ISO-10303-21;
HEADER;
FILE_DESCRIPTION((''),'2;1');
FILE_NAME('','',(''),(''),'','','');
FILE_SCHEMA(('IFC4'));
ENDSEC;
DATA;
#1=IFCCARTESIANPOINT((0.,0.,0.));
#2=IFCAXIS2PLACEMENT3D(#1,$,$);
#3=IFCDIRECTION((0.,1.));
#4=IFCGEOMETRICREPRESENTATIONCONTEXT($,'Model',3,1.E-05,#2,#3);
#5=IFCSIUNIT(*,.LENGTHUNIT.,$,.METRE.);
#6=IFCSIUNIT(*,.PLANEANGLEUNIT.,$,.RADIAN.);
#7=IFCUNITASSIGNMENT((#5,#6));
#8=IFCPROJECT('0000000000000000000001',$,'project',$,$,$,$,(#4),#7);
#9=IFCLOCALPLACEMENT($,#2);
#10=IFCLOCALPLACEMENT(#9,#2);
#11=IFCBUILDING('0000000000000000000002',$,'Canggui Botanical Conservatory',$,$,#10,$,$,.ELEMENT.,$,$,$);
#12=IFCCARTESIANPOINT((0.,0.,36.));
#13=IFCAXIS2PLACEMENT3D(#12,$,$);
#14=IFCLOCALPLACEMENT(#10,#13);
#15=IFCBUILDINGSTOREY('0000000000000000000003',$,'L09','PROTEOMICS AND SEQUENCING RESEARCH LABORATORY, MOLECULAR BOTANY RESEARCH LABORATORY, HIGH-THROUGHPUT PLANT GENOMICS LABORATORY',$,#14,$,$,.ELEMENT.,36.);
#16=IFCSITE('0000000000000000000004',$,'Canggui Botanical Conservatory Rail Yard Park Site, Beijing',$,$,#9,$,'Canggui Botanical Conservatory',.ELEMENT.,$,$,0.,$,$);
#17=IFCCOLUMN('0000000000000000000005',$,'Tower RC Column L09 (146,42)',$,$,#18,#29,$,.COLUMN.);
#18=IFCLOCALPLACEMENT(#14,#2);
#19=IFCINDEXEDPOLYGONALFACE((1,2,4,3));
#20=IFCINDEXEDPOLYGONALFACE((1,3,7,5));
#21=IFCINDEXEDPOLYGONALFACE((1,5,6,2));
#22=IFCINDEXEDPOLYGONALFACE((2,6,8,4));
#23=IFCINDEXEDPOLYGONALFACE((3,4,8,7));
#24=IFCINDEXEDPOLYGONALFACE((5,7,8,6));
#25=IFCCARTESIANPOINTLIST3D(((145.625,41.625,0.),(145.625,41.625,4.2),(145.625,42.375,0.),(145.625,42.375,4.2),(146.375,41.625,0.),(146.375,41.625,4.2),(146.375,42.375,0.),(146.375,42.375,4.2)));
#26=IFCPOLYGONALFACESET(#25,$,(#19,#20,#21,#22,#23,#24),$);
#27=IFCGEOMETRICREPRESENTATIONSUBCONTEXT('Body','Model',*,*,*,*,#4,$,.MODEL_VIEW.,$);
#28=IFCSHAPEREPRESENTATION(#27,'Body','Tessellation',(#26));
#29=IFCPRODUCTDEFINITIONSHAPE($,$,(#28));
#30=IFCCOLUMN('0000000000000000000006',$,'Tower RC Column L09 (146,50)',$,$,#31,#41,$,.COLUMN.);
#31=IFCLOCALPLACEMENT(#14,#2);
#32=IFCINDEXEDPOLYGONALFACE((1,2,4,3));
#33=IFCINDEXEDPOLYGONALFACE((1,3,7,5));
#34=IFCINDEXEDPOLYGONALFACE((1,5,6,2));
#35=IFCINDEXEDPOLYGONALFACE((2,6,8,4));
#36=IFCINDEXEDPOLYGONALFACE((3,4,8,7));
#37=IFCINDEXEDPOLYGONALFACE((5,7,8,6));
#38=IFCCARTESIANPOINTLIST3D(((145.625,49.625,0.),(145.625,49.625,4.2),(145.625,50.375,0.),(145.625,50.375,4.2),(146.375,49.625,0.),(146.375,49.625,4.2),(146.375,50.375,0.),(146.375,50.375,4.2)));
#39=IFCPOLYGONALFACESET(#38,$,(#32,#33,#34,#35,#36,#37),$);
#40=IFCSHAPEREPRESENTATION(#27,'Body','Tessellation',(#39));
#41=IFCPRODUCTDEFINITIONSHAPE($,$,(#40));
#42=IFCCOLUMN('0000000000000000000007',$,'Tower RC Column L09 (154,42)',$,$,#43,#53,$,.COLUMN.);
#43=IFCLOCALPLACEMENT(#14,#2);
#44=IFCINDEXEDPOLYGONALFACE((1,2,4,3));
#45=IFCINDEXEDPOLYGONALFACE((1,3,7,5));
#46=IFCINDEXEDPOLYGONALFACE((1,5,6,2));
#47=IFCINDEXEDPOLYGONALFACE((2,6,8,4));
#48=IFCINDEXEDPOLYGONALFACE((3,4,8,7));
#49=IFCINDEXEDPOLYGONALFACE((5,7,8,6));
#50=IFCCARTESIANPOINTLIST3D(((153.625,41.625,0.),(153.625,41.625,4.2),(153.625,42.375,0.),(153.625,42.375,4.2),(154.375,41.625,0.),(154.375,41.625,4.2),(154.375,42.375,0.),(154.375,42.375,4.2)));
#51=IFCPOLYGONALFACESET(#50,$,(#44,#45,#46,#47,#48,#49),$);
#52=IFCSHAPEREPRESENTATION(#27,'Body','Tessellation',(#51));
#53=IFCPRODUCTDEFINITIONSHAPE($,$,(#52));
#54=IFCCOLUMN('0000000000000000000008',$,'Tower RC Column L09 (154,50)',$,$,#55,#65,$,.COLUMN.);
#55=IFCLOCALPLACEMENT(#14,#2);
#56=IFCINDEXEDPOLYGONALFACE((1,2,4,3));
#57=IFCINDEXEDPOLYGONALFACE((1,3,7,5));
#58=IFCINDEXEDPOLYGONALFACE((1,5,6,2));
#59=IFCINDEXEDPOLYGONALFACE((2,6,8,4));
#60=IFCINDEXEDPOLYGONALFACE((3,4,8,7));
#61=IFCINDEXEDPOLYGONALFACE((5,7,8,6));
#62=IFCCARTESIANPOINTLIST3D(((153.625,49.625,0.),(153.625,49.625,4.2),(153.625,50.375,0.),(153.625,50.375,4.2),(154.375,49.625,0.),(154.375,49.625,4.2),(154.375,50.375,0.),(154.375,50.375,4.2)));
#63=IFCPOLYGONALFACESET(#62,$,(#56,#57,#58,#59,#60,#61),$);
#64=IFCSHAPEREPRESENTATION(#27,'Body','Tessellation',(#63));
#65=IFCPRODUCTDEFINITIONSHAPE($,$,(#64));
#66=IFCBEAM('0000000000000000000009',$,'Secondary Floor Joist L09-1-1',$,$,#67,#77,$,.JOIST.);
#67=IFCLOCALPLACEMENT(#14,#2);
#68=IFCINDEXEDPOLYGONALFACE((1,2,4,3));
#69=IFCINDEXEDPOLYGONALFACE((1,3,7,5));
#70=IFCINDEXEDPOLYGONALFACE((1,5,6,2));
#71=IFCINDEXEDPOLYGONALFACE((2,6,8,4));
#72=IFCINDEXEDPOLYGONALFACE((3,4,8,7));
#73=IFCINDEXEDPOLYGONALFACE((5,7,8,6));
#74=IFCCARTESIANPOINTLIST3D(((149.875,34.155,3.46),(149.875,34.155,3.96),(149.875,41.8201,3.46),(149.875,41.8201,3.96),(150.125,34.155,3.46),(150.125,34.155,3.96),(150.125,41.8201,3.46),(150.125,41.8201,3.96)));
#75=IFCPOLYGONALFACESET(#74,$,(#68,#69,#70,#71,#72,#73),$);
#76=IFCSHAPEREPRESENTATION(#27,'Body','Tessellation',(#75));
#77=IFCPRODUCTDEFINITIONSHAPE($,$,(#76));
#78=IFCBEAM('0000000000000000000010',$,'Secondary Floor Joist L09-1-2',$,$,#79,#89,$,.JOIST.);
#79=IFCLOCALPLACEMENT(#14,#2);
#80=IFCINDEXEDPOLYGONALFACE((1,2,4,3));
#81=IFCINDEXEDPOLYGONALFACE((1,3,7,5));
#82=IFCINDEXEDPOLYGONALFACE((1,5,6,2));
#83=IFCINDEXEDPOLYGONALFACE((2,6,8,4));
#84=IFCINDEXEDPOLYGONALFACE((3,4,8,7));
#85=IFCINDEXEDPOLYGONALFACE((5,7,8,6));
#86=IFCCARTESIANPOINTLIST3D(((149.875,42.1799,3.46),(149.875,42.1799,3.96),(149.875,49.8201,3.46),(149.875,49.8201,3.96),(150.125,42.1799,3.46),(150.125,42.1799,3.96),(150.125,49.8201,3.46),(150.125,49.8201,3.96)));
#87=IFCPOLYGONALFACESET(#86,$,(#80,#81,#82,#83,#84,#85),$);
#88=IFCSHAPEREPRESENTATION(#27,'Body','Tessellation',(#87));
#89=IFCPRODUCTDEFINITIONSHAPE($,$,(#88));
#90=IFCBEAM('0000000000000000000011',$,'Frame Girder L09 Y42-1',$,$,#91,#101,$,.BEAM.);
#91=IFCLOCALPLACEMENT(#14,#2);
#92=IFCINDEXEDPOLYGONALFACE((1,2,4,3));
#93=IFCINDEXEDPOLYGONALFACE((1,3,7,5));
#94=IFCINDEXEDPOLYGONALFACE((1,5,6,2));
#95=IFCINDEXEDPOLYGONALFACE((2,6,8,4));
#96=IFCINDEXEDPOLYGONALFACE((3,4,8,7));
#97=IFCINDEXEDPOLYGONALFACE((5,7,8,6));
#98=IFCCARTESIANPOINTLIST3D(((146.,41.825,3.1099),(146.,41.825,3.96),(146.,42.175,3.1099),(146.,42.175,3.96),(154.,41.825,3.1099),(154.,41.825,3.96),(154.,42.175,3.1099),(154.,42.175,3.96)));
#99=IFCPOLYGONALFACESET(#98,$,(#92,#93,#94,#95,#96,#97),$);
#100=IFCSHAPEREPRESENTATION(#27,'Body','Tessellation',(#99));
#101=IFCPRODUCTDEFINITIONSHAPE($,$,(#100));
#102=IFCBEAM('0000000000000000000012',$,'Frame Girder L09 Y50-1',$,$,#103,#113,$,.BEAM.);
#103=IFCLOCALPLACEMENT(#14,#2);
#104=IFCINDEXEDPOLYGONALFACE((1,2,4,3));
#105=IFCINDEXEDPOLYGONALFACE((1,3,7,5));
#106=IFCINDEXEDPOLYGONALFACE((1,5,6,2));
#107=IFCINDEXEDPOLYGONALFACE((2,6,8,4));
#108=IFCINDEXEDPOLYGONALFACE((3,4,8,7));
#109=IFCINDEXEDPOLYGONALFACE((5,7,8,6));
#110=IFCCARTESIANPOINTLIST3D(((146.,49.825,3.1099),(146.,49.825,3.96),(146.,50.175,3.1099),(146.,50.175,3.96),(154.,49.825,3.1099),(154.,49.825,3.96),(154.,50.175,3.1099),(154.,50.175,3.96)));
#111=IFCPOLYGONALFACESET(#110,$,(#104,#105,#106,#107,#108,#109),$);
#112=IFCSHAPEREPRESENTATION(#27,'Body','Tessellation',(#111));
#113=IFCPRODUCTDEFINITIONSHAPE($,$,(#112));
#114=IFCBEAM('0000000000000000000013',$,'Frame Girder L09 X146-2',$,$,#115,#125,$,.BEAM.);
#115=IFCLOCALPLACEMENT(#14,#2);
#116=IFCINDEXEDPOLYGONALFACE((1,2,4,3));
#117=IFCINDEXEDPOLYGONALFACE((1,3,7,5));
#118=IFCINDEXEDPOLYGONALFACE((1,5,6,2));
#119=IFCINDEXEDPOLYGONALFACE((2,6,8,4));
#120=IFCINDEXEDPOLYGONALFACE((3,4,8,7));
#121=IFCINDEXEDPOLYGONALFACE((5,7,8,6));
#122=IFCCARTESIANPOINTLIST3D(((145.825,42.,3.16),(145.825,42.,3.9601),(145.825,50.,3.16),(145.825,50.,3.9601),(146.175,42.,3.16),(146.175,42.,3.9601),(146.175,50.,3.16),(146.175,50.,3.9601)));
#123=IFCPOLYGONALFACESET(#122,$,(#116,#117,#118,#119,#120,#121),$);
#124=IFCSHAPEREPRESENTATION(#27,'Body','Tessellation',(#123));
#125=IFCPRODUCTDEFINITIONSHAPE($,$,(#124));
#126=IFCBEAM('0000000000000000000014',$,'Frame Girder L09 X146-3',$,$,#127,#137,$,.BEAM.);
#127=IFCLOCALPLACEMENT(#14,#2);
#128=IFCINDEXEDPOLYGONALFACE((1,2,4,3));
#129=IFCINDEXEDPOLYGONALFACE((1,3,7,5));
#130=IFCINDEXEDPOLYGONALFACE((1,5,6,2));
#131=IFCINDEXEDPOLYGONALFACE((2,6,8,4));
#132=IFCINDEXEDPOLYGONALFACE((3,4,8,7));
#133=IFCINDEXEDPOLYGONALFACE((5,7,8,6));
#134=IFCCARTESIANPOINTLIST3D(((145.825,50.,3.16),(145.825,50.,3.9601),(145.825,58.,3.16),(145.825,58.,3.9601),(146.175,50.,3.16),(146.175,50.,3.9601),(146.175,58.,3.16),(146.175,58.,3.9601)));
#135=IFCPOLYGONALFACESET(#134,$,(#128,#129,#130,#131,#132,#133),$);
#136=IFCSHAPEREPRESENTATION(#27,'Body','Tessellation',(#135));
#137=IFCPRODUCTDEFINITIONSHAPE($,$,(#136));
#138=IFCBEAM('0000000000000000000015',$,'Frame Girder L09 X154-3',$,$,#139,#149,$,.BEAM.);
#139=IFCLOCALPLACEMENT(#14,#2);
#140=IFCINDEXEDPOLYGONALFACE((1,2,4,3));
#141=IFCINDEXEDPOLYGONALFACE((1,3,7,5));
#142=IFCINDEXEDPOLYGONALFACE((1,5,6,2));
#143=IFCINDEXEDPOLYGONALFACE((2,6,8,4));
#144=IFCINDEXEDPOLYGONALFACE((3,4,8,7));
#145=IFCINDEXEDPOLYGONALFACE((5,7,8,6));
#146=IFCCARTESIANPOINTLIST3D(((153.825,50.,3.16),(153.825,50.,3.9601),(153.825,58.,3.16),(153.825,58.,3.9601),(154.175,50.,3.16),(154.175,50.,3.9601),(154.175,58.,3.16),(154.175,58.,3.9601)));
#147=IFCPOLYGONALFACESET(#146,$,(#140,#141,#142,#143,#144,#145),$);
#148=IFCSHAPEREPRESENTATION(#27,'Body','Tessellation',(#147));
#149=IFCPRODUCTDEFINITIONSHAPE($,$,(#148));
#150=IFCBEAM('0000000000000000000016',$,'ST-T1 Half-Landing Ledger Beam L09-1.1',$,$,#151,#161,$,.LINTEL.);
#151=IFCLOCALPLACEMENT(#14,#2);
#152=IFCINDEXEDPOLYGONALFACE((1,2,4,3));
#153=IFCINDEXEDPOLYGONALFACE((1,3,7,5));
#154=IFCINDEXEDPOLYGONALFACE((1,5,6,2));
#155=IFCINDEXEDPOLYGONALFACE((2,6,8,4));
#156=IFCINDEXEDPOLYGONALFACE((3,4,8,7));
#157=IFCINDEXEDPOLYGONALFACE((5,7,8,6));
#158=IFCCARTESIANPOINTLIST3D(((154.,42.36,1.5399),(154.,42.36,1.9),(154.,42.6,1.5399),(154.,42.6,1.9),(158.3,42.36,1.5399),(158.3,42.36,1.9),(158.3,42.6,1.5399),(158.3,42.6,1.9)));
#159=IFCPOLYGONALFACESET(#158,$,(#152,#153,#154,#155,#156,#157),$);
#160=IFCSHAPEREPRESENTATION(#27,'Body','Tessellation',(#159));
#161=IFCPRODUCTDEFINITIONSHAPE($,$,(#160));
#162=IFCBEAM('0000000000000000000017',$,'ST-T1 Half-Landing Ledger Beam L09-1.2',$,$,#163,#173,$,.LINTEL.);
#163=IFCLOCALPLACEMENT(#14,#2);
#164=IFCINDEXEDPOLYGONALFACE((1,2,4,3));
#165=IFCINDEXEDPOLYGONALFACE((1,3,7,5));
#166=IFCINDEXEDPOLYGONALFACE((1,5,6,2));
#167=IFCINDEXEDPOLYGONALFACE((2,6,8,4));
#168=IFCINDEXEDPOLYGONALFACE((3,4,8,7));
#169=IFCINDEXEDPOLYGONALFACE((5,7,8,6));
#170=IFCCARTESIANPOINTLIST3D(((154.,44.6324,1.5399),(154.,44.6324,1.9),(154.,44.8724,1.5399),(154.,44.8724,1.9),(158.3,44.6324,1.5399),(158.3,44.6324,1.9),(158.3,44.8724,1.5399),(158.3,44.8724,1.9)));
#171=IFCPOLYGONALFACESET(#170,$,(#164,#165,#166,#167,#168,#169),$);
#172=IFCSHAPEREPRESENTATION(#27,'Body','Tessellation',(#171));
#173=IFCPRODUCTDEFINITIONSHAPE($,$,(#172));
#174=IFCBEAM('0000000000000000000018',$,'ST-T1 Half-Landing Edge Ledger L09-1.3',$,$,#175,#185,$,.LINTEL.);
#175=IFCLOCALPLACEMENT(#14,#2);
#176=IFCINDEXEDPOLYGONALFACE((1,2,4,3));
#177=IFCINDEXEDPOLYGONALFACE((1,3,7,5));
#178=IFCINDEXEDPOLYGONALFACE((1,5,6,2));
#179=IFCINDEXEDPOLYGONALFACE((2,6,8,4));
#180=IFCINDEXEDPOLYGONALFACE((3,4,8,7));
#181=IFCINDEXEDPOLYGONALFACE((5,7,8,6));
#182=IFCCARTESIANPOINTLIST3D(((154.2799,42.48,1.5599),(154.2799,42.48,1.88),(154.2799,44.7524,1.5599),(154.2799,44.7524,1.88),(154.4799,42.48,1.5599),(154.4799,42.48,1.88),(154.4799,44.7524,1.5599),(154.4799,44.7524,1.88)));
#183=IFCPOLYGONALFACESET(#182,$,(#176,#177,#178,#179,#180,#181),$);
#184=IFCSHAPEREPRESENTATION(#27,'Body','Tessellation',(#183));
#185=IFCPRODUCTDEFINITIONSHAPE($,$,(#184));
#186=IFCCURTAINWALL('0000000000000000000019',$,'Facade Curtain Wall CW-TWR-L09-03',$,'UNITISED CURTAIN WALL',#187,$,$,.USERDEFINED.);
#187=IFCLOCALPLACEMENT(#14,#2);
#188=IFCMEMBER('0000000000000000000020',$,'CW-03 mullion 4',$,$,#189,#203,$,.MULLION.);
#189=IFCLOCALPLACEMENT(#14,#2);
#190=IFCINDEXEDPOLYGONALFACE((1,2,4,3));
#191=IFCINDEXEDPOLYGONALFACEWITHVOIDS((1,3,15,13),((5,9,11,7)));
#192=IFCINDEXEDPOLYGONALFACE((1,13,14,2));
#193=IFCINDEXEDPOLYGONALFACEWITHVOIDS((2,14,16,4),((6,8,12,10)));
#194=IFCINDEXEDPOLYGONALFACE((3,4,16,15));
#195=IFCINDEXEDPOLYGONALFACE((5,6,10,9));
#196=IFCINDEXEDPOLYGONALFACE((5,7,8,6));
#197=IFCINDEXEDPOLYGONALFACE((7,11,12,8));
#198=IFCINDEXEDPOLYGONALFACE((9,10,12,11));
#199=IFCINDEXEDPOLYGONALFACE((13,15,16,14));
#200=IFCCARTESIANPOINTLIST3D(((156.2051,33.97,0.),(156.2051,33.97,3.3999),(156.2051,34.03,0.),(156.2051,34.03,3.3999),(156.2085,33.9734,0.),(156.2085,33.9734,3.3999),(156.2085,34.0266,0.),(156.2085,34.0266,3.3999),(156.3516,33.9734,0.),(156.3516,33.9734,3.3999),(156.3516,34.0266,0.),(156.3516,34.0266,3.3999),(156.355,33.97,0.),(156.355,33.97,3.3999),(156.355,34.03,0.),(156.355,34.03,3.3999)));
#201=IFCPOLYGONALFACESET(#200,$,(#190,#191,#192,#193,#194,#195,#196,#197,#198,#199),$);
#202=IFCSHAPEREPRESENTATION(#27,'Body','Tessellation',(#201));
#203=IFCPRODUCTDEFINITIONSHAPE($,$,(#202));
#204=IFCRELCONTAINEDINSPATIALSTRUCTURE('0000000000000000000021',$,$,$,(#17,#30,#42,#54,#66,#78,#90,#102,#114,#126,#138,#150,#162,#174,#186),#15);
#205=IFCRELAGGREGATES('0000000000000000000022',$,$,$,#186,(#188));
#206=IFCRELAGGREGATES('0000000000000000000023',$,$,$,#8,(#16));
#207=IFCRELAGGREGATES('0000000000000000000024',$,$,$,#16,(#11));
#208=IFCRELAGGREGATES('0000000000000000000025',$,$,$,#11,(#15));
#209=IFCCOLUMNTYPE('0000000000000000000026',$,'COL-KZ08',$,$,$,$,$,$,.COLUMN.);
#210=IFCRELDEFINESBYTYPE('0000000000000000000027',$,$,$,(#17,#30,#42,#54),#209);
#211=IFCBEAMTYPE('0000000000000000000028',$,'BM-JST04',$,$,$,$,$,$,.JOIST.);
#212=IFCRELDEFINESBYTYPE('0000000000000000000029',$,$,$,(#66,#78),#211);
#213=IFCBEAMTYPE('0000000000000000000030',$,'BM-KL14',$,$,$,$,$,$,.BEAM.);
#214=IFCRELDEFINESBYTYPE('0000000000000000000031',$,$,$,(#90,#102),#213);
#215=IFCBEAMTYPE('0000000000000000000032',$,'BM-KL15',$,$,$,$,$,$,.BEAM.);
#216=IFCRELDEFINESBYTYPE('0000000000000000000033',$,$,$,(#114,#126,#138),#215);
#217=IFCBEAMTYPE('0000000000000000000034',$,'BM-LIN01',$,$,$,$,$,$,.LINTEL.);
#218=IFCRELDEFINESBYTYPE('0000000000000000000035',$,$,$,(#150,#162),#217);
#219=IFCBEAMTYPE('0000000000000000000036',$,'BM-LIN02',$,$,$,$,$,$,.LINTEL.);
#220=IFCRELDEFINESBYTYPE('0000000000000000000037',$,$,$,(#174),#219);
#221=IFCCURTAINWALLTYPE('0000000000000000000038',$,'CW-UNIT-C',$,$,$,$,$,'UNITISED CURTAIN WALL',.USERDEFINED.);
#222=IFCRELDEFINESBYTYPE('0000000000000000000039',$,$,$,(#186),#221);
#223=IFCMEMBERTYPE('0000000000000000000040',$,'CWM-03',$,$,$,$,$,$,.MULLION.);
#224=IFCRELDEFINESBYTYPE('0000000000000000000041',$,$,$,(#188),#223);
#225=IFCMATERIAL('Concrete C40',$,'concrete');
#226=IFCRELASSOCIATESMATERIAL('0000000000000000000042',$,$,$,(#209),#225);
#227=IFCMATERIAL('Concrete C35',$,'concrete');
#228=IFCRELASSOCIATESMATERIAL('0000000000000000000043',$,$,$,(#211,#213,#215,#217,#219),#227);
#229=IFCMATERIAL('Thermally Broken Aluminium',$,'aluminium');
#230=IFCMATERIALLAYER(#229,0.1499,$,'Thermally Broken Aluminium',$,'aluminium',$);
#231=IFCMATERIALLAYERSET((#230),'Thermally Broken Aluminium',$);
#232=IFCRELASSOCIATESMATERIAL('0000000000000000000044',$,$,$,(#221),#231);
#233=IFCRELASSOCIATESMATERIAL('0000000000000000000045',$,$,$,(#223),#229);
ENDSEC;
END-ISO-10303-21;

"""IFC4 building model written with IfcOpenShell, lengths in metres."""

from ifc_helpers import new_model, si_unit, direction, frame, origin, origin_2d, place, context, subcontext, project, spatial, rectangle, hollow_rectangle, extrude, material, layer, layer_set, material_profile, profile_set, type_object, element, aggregate, save


model = new_model("IFC4")

# Units and contexts
model_context = context("Model", 3, precision=1e-05, world=origin(), true_north=direction((0.0, 1.0)))
body_context = subcontext(model_context, "Body", "Model", "MODEL_VIEW")
ifc_project = project(units=[si_unit("LENGTHUNIT", "METRE"), si_unit("PLANEANGLEUNIT", "RADIAN")], contexts=[model_context])

# Site, building, storey
site_placement = place(None, origin())
site = spatial("IfcSite", under=ifc_project, at=site_placement, Name="Canggui Botanical Conservatory Rail Yard Park Site, Beijing", LongName="Canggui Botanical Conservatory", CompositionType="ELEMENT", RefElevation=0.0)
building_placement = place(site_placement, origin())
building = spatial("IfcBuilding", under=site, at=building_placement, Name="Canggui Botanical Conservatory", CompositionType="ELEMENT")
storey_placement = place(building_placement, frame((0.0, 0.0, 36.0)))
storey = spatial("IfcBuildingStorey", under=building, at=storey_placement, Name="L09", Description="PROTEOMICS AND SEQUENCING RESEARCH LABORATORY, MOLECULAR BOTANY RESEARCH LABORATORY, HIGH-THROUGHPUT PLANT GENOMICS LABORATORY", CompositionType="ELEMENT", Elevation=36.0)

# Columns
ifc_material_1 = material(Name="Concrete C40", Category="concrete")
ifc_material_profile_1 = material_profile(ifc_material_1, rectangle(XDim=0.75, YDim=0.75, at=origin_2d()), Name="RC 750x750")
ifc_profile_set_1 = profile_set([ifc_material_profile_1], Name="Concrete C40")
column_type = type_object("IfcColumnType", Name="COL-KZ08", PredefinedType="COLUMN", material=ifc_profile_set_1)
for number, where, z_axis, x_axis, name in (
    (1, (146.0, 42.0, 0.0), (0.0, 0.0, 1.0), (1.0, 0.0, 0.0), "Tower RC Column L09 (146,42)"),
    (2, (146.0, 50.0, 0.0), (0.0, 0.0, 1.0), (1.0, 0.0, 0.0), "Tower RC Column L09 (146,50)"),
    (3, (154.0, 42.0, 0.0), (0.0, 0.0, 1.0), (1.0, 0.0, 0.0), "Tower RC Column L09 (154,42)"),
    (4, (154.0, 50.0, 0.0), (0.0, 0.0, 1.0), (1.0, 0.0, 0.0), "Tower RC Column L09 (154,50)"),
):
    element("IfcColumn", number, at=place(storey_placement, frame(where, z_axis=z_axis, x_axis=x_axis)), inside=storey, type_object=column_type, Name=name, PredefinedType="COLUMN", context=body_context, shape_type="SweptSolid", body=[
        extrude(rectangle(XDim=0.75, YDim=0.75, at=origin_2d()), origin(), (0.0, 0.0, 1.0), 4.2),
    ])

# Beams
ifc_material_2 = material(Name="Concrete C35", Category="concrete")
ifc_material_profile_2 = material_profile(ifc_material_2, rectangle(XDim=0.25, YDim=0.5, at=origin_2d()), Name="RB 250x500")
ifc_profile_set_2 = profile_set([ifc_material_profile_2], Name="Concrete C35")
beam_type_1 = type_object("IfcBeamType", Name="BM-JST04", PredefinedType="JOIST", material=ifc_profile_set_2)
beam_1_placement = place(storey_placement, frame((150.0, 34.155, 3.71), z_axis=(0.0, 1.0, 0.0), x_axis=(-1.0, 0.0, 0.0)))
element("IfcBeam", 5, at=beam_1_placement, inside=storey, type_object=beam_type_1, Name="Secondary Floor Joist L09-1-1", PredefinedType="JOIST", context=body_context, shape_type="SweptSolid", body=[
    extrude(rectangle(XDim=0.25, YDim=0.5, at=origin_2d()), origin(), (0.0, 0.0, 1.0), 7.665),
])
beam_2_placement = place(storey_placement, frame((150.0, 42.1799, 3.71), z_axis=(0.0, 1.0, 0.0), x_axis=(-1.0, 0.0, 0.0)))
element("IfcBeam", 6, at=beam_2_placement, inside=storey, type_object=beam_type_1, Name="Secondary Floor Joist L09-1-2", PredefinedType="JOIST", context=body_context, shape_type="SweptSolid", body=[
    extrude(rectangle(XDim=0.25, YDim=0.5, at=origin_2d()), origin(), (0.0, 0.0, 1.0), 7.6401),
])
ifc_material_profile_3 = material_profile(ifc_material_2, rectangle(XDim=0.3501, YDim=0.8501, at=origin_2d()), Name="RB 350x850")
ifc_profile_set_3 = profile_set([ifc_material_profile_3], Name="Concrete C35")
beam_type_2 = type_object("IfcBeamType", Name="BM-KL14", PredefinedType="BEAM", material=ifc_profile_set_3)
for number, where, z_axis, x_axis, name in (
    (7, (146.0, 42.0, 3.5349), (1.0, 0.0, 0.0), (0.0, 1.0, 0.0), "Frame Girder L09 Y42-1"),
    (8, (146.0, 50.0, 3.5349), (1.0, 0.0, 0.0), (0.0, 1.0, 0.0), "Frame Girder L09 Y50-1"),
):
    element("IfcBeam", number, at=place(storey_placement, frame(where, z_axis=z_axis, x_axis=x_axis)), inside=storey, type_object=beam_type_2, Name=name, PredefinedType="BEAM", context=body_context, shape_type="SweptSolid", body=[
        extrude(rectangle(XDim=0.3501, YDim=0.8501, at=origin_2d()), origin(), (0.0, 0.0, 1.0), 8.0),
    ])
ifc_material_profile_4 = material_profile(ifc_material_2, rectangle(XDim=0.3501, YDim=0.8, at=origin_2d()), Name="RB 350x800")
ifc_profile_set_4 = profile_set([ifc_material_profile_4], Name="Concrete C35")
beam_type_3 = type_object("IfcBeamType", Name="BM-KL15", PredefinedType="BEAM", material=ifc_profile_set_4)
for number, where, z_axis, x_axis, name in (
    (9, (146.0, 42.0, 3.5601), (0.0, 1.0, 0.0), (-1.0, 0.0, 0.0), "Frame Girder L09 X146-2"),
    (10, (146.0, 50.0, 3.5601), (0.0, 1.0, 0.0), (-1.0, 0.0, 0.0), "Frame Girder L09 X146-3"),
    (11, (154.0, 50.0, 3.5601), (0.0, 1.0, 0.0), (-1.0, 0.0, 0.0), "Frame Girder L09 X154-3"),
):
    element("IfcBeam", number, at=place(storey_placement, frame(where, z_axis=z_axis, x_axis=x_axis)), inside=storey, type_object=beam_type_3, Name=name, PredefinedType="BEAM", context=body_context, shape_type="SweptSolid", body=[
        extrude(rectangle(XDim=0.3501, YDim=0.8, at=origin_2d()), origin(), (0.0, 0.0, 1.0), 8.0),
    ])
ifc_material_profile_5 = material_profile(ifc_material_2, rectangle(XDim=0.24, YDim=0.3601, at=origin_2d()), Name="RB 240x360")
ifc_profile_set_5 = profile_set([ifc_material_profile_5], Name="Concrete C35")
beam_type_4 = type_object("IfcBeamType", Name="BM-LIN01", PredefinedType="LINTEL", material=ifc_profile_set_5)
for number, where, z_axis, x_axis, name in (
    (12, (154.0, 42.48, 1.72), (1.0, 0.0, 0.0), (0.0, 1.0, 0.0), "ST-T1 Half-Landing Ledger Beam L09-1.1"),
    (13, (154.0, 44.7524, 1.72), (1.0, 0.0, 0.0), (0.0, 1.0, 0.0), "ST-T1 Half-Landing Ledger Beam L09-1.2"),
):
    element("IfcBeam", number, at=place(storey_placement, frame(where, z_axis=z_axis, x_axis=x_axis)), inside=storey, type_object=beam_type_4, Name=name, PredefinedType="LINTEL", context=body_context, shape_type="SweptSolid", body=[
        extrude(rectangle(XDim=0.24, YDim=0.3601, at=origin_2d()), origin(), (0.0, 0.0, 1.0), 4.3),
    ])
ifc_material_profile_6 = material_profile(ifc_material_2, rectangle(XDim=0.2, YDim=0.3201, at=origin_2d()), Name="RB 200x320")
ifc_profile_set_6 = profile_set([ifc_material_profile_6], Name="Concrete C35")
beam_type_5 = type_object("IfcBeamType", Name="BM-LIN02", PredefinedType="LINTEL", material=ifc_profile_set_6)
beam_3_placement = place(storey_placement, frame((154.3799, 42.48, 1.72), z_axis=(0.0, 1.0, 0.0), x_axis=(-1.0, 0.0, 0.0)))
element("IfcBeam", 14, at=beam_3_placement, inside=storey, type_object=beam_type_5, Name="ST-T1 Half-Landing Edge Ledger L09-1.3", PredefinedType="LINTEL", context=body_context, shape_type="SweptSolid", body=[
    extrude(rectangle(XDim=0.2, YDim=0.3201, at=origin_2d()), origin(), (0.0, 0.0, 1.0), 2.2725),
])

# Curtain wall, member
ifc_material_3 = material(Name="Thermally Broken Aluminium", Category="aluminium")
ifc_layer_1 = layer(ifc_material_3, 0.1499, Name="Thermally Broken Aluminium", Category="aluminium")
ifc_layer_set_1 = layer_set([ifc_layer_1], Name="Thermally Broken Aluminium")
curtain_wall_type = type_object("IfcCurtainWallType", Name="CW-UNIT-C", ElementType="UNITISED CURTAIN WALL", PredefinedType="USERDEFINED", material=ifc_layer_set_1)
curtain_wall_placement = place(storey_placement, origin())
curtain_wall = element("IfcCurtainWall", 15, at=curtain_wall_placement, inside=storey, type_object=curtain_wall_type, Name="Facade Curtain Wall CW-TWR-L09-03", ObjectType="UNITISED CURTAIN WALL", PredefinedType="USERDEFINED")
ifc_material_profile_7 = material_profile(ifc_material_3, hollow_rectangle(XDim=0.0601, YDim=0.1499, WallThickness=0.0034, at=origin_2d()), Name="CWM 60x150x3.5")
ifc_profile_set_7 = profile_set([ifc_material_profile_7], Name="Thermally Broken Aluminium")
member_type_1 = type_object("IfcMemberType", Name="CWM-03", PredefinedType="MULLION", material=ifc_profile_set_7)
member_1_placement = place(storey_placement, frame((156.28, 34.0, 0.0), z_axis=(0.0, 0.0, 1.0), x_axis=(0.0, -1.0, 0.0)))
member_1 = element("IfcMember", 16, at=member_1_placement, type_object=member_type_1, Name="CW-03 mullion 4", PredefinedType="MULLION", context=body_context, shape_type="SweptSolid", body=[
    extrude(hollow_rectangle(XDim=0.0601, YDim=0.1499, WallThickness=0.0034, at=origin_2d()), origin(), (0.0, 0.0, 1.0), 3.3999),
])
aggregate(curtain_wall, [member_1])

save(model, "model.ifc")
